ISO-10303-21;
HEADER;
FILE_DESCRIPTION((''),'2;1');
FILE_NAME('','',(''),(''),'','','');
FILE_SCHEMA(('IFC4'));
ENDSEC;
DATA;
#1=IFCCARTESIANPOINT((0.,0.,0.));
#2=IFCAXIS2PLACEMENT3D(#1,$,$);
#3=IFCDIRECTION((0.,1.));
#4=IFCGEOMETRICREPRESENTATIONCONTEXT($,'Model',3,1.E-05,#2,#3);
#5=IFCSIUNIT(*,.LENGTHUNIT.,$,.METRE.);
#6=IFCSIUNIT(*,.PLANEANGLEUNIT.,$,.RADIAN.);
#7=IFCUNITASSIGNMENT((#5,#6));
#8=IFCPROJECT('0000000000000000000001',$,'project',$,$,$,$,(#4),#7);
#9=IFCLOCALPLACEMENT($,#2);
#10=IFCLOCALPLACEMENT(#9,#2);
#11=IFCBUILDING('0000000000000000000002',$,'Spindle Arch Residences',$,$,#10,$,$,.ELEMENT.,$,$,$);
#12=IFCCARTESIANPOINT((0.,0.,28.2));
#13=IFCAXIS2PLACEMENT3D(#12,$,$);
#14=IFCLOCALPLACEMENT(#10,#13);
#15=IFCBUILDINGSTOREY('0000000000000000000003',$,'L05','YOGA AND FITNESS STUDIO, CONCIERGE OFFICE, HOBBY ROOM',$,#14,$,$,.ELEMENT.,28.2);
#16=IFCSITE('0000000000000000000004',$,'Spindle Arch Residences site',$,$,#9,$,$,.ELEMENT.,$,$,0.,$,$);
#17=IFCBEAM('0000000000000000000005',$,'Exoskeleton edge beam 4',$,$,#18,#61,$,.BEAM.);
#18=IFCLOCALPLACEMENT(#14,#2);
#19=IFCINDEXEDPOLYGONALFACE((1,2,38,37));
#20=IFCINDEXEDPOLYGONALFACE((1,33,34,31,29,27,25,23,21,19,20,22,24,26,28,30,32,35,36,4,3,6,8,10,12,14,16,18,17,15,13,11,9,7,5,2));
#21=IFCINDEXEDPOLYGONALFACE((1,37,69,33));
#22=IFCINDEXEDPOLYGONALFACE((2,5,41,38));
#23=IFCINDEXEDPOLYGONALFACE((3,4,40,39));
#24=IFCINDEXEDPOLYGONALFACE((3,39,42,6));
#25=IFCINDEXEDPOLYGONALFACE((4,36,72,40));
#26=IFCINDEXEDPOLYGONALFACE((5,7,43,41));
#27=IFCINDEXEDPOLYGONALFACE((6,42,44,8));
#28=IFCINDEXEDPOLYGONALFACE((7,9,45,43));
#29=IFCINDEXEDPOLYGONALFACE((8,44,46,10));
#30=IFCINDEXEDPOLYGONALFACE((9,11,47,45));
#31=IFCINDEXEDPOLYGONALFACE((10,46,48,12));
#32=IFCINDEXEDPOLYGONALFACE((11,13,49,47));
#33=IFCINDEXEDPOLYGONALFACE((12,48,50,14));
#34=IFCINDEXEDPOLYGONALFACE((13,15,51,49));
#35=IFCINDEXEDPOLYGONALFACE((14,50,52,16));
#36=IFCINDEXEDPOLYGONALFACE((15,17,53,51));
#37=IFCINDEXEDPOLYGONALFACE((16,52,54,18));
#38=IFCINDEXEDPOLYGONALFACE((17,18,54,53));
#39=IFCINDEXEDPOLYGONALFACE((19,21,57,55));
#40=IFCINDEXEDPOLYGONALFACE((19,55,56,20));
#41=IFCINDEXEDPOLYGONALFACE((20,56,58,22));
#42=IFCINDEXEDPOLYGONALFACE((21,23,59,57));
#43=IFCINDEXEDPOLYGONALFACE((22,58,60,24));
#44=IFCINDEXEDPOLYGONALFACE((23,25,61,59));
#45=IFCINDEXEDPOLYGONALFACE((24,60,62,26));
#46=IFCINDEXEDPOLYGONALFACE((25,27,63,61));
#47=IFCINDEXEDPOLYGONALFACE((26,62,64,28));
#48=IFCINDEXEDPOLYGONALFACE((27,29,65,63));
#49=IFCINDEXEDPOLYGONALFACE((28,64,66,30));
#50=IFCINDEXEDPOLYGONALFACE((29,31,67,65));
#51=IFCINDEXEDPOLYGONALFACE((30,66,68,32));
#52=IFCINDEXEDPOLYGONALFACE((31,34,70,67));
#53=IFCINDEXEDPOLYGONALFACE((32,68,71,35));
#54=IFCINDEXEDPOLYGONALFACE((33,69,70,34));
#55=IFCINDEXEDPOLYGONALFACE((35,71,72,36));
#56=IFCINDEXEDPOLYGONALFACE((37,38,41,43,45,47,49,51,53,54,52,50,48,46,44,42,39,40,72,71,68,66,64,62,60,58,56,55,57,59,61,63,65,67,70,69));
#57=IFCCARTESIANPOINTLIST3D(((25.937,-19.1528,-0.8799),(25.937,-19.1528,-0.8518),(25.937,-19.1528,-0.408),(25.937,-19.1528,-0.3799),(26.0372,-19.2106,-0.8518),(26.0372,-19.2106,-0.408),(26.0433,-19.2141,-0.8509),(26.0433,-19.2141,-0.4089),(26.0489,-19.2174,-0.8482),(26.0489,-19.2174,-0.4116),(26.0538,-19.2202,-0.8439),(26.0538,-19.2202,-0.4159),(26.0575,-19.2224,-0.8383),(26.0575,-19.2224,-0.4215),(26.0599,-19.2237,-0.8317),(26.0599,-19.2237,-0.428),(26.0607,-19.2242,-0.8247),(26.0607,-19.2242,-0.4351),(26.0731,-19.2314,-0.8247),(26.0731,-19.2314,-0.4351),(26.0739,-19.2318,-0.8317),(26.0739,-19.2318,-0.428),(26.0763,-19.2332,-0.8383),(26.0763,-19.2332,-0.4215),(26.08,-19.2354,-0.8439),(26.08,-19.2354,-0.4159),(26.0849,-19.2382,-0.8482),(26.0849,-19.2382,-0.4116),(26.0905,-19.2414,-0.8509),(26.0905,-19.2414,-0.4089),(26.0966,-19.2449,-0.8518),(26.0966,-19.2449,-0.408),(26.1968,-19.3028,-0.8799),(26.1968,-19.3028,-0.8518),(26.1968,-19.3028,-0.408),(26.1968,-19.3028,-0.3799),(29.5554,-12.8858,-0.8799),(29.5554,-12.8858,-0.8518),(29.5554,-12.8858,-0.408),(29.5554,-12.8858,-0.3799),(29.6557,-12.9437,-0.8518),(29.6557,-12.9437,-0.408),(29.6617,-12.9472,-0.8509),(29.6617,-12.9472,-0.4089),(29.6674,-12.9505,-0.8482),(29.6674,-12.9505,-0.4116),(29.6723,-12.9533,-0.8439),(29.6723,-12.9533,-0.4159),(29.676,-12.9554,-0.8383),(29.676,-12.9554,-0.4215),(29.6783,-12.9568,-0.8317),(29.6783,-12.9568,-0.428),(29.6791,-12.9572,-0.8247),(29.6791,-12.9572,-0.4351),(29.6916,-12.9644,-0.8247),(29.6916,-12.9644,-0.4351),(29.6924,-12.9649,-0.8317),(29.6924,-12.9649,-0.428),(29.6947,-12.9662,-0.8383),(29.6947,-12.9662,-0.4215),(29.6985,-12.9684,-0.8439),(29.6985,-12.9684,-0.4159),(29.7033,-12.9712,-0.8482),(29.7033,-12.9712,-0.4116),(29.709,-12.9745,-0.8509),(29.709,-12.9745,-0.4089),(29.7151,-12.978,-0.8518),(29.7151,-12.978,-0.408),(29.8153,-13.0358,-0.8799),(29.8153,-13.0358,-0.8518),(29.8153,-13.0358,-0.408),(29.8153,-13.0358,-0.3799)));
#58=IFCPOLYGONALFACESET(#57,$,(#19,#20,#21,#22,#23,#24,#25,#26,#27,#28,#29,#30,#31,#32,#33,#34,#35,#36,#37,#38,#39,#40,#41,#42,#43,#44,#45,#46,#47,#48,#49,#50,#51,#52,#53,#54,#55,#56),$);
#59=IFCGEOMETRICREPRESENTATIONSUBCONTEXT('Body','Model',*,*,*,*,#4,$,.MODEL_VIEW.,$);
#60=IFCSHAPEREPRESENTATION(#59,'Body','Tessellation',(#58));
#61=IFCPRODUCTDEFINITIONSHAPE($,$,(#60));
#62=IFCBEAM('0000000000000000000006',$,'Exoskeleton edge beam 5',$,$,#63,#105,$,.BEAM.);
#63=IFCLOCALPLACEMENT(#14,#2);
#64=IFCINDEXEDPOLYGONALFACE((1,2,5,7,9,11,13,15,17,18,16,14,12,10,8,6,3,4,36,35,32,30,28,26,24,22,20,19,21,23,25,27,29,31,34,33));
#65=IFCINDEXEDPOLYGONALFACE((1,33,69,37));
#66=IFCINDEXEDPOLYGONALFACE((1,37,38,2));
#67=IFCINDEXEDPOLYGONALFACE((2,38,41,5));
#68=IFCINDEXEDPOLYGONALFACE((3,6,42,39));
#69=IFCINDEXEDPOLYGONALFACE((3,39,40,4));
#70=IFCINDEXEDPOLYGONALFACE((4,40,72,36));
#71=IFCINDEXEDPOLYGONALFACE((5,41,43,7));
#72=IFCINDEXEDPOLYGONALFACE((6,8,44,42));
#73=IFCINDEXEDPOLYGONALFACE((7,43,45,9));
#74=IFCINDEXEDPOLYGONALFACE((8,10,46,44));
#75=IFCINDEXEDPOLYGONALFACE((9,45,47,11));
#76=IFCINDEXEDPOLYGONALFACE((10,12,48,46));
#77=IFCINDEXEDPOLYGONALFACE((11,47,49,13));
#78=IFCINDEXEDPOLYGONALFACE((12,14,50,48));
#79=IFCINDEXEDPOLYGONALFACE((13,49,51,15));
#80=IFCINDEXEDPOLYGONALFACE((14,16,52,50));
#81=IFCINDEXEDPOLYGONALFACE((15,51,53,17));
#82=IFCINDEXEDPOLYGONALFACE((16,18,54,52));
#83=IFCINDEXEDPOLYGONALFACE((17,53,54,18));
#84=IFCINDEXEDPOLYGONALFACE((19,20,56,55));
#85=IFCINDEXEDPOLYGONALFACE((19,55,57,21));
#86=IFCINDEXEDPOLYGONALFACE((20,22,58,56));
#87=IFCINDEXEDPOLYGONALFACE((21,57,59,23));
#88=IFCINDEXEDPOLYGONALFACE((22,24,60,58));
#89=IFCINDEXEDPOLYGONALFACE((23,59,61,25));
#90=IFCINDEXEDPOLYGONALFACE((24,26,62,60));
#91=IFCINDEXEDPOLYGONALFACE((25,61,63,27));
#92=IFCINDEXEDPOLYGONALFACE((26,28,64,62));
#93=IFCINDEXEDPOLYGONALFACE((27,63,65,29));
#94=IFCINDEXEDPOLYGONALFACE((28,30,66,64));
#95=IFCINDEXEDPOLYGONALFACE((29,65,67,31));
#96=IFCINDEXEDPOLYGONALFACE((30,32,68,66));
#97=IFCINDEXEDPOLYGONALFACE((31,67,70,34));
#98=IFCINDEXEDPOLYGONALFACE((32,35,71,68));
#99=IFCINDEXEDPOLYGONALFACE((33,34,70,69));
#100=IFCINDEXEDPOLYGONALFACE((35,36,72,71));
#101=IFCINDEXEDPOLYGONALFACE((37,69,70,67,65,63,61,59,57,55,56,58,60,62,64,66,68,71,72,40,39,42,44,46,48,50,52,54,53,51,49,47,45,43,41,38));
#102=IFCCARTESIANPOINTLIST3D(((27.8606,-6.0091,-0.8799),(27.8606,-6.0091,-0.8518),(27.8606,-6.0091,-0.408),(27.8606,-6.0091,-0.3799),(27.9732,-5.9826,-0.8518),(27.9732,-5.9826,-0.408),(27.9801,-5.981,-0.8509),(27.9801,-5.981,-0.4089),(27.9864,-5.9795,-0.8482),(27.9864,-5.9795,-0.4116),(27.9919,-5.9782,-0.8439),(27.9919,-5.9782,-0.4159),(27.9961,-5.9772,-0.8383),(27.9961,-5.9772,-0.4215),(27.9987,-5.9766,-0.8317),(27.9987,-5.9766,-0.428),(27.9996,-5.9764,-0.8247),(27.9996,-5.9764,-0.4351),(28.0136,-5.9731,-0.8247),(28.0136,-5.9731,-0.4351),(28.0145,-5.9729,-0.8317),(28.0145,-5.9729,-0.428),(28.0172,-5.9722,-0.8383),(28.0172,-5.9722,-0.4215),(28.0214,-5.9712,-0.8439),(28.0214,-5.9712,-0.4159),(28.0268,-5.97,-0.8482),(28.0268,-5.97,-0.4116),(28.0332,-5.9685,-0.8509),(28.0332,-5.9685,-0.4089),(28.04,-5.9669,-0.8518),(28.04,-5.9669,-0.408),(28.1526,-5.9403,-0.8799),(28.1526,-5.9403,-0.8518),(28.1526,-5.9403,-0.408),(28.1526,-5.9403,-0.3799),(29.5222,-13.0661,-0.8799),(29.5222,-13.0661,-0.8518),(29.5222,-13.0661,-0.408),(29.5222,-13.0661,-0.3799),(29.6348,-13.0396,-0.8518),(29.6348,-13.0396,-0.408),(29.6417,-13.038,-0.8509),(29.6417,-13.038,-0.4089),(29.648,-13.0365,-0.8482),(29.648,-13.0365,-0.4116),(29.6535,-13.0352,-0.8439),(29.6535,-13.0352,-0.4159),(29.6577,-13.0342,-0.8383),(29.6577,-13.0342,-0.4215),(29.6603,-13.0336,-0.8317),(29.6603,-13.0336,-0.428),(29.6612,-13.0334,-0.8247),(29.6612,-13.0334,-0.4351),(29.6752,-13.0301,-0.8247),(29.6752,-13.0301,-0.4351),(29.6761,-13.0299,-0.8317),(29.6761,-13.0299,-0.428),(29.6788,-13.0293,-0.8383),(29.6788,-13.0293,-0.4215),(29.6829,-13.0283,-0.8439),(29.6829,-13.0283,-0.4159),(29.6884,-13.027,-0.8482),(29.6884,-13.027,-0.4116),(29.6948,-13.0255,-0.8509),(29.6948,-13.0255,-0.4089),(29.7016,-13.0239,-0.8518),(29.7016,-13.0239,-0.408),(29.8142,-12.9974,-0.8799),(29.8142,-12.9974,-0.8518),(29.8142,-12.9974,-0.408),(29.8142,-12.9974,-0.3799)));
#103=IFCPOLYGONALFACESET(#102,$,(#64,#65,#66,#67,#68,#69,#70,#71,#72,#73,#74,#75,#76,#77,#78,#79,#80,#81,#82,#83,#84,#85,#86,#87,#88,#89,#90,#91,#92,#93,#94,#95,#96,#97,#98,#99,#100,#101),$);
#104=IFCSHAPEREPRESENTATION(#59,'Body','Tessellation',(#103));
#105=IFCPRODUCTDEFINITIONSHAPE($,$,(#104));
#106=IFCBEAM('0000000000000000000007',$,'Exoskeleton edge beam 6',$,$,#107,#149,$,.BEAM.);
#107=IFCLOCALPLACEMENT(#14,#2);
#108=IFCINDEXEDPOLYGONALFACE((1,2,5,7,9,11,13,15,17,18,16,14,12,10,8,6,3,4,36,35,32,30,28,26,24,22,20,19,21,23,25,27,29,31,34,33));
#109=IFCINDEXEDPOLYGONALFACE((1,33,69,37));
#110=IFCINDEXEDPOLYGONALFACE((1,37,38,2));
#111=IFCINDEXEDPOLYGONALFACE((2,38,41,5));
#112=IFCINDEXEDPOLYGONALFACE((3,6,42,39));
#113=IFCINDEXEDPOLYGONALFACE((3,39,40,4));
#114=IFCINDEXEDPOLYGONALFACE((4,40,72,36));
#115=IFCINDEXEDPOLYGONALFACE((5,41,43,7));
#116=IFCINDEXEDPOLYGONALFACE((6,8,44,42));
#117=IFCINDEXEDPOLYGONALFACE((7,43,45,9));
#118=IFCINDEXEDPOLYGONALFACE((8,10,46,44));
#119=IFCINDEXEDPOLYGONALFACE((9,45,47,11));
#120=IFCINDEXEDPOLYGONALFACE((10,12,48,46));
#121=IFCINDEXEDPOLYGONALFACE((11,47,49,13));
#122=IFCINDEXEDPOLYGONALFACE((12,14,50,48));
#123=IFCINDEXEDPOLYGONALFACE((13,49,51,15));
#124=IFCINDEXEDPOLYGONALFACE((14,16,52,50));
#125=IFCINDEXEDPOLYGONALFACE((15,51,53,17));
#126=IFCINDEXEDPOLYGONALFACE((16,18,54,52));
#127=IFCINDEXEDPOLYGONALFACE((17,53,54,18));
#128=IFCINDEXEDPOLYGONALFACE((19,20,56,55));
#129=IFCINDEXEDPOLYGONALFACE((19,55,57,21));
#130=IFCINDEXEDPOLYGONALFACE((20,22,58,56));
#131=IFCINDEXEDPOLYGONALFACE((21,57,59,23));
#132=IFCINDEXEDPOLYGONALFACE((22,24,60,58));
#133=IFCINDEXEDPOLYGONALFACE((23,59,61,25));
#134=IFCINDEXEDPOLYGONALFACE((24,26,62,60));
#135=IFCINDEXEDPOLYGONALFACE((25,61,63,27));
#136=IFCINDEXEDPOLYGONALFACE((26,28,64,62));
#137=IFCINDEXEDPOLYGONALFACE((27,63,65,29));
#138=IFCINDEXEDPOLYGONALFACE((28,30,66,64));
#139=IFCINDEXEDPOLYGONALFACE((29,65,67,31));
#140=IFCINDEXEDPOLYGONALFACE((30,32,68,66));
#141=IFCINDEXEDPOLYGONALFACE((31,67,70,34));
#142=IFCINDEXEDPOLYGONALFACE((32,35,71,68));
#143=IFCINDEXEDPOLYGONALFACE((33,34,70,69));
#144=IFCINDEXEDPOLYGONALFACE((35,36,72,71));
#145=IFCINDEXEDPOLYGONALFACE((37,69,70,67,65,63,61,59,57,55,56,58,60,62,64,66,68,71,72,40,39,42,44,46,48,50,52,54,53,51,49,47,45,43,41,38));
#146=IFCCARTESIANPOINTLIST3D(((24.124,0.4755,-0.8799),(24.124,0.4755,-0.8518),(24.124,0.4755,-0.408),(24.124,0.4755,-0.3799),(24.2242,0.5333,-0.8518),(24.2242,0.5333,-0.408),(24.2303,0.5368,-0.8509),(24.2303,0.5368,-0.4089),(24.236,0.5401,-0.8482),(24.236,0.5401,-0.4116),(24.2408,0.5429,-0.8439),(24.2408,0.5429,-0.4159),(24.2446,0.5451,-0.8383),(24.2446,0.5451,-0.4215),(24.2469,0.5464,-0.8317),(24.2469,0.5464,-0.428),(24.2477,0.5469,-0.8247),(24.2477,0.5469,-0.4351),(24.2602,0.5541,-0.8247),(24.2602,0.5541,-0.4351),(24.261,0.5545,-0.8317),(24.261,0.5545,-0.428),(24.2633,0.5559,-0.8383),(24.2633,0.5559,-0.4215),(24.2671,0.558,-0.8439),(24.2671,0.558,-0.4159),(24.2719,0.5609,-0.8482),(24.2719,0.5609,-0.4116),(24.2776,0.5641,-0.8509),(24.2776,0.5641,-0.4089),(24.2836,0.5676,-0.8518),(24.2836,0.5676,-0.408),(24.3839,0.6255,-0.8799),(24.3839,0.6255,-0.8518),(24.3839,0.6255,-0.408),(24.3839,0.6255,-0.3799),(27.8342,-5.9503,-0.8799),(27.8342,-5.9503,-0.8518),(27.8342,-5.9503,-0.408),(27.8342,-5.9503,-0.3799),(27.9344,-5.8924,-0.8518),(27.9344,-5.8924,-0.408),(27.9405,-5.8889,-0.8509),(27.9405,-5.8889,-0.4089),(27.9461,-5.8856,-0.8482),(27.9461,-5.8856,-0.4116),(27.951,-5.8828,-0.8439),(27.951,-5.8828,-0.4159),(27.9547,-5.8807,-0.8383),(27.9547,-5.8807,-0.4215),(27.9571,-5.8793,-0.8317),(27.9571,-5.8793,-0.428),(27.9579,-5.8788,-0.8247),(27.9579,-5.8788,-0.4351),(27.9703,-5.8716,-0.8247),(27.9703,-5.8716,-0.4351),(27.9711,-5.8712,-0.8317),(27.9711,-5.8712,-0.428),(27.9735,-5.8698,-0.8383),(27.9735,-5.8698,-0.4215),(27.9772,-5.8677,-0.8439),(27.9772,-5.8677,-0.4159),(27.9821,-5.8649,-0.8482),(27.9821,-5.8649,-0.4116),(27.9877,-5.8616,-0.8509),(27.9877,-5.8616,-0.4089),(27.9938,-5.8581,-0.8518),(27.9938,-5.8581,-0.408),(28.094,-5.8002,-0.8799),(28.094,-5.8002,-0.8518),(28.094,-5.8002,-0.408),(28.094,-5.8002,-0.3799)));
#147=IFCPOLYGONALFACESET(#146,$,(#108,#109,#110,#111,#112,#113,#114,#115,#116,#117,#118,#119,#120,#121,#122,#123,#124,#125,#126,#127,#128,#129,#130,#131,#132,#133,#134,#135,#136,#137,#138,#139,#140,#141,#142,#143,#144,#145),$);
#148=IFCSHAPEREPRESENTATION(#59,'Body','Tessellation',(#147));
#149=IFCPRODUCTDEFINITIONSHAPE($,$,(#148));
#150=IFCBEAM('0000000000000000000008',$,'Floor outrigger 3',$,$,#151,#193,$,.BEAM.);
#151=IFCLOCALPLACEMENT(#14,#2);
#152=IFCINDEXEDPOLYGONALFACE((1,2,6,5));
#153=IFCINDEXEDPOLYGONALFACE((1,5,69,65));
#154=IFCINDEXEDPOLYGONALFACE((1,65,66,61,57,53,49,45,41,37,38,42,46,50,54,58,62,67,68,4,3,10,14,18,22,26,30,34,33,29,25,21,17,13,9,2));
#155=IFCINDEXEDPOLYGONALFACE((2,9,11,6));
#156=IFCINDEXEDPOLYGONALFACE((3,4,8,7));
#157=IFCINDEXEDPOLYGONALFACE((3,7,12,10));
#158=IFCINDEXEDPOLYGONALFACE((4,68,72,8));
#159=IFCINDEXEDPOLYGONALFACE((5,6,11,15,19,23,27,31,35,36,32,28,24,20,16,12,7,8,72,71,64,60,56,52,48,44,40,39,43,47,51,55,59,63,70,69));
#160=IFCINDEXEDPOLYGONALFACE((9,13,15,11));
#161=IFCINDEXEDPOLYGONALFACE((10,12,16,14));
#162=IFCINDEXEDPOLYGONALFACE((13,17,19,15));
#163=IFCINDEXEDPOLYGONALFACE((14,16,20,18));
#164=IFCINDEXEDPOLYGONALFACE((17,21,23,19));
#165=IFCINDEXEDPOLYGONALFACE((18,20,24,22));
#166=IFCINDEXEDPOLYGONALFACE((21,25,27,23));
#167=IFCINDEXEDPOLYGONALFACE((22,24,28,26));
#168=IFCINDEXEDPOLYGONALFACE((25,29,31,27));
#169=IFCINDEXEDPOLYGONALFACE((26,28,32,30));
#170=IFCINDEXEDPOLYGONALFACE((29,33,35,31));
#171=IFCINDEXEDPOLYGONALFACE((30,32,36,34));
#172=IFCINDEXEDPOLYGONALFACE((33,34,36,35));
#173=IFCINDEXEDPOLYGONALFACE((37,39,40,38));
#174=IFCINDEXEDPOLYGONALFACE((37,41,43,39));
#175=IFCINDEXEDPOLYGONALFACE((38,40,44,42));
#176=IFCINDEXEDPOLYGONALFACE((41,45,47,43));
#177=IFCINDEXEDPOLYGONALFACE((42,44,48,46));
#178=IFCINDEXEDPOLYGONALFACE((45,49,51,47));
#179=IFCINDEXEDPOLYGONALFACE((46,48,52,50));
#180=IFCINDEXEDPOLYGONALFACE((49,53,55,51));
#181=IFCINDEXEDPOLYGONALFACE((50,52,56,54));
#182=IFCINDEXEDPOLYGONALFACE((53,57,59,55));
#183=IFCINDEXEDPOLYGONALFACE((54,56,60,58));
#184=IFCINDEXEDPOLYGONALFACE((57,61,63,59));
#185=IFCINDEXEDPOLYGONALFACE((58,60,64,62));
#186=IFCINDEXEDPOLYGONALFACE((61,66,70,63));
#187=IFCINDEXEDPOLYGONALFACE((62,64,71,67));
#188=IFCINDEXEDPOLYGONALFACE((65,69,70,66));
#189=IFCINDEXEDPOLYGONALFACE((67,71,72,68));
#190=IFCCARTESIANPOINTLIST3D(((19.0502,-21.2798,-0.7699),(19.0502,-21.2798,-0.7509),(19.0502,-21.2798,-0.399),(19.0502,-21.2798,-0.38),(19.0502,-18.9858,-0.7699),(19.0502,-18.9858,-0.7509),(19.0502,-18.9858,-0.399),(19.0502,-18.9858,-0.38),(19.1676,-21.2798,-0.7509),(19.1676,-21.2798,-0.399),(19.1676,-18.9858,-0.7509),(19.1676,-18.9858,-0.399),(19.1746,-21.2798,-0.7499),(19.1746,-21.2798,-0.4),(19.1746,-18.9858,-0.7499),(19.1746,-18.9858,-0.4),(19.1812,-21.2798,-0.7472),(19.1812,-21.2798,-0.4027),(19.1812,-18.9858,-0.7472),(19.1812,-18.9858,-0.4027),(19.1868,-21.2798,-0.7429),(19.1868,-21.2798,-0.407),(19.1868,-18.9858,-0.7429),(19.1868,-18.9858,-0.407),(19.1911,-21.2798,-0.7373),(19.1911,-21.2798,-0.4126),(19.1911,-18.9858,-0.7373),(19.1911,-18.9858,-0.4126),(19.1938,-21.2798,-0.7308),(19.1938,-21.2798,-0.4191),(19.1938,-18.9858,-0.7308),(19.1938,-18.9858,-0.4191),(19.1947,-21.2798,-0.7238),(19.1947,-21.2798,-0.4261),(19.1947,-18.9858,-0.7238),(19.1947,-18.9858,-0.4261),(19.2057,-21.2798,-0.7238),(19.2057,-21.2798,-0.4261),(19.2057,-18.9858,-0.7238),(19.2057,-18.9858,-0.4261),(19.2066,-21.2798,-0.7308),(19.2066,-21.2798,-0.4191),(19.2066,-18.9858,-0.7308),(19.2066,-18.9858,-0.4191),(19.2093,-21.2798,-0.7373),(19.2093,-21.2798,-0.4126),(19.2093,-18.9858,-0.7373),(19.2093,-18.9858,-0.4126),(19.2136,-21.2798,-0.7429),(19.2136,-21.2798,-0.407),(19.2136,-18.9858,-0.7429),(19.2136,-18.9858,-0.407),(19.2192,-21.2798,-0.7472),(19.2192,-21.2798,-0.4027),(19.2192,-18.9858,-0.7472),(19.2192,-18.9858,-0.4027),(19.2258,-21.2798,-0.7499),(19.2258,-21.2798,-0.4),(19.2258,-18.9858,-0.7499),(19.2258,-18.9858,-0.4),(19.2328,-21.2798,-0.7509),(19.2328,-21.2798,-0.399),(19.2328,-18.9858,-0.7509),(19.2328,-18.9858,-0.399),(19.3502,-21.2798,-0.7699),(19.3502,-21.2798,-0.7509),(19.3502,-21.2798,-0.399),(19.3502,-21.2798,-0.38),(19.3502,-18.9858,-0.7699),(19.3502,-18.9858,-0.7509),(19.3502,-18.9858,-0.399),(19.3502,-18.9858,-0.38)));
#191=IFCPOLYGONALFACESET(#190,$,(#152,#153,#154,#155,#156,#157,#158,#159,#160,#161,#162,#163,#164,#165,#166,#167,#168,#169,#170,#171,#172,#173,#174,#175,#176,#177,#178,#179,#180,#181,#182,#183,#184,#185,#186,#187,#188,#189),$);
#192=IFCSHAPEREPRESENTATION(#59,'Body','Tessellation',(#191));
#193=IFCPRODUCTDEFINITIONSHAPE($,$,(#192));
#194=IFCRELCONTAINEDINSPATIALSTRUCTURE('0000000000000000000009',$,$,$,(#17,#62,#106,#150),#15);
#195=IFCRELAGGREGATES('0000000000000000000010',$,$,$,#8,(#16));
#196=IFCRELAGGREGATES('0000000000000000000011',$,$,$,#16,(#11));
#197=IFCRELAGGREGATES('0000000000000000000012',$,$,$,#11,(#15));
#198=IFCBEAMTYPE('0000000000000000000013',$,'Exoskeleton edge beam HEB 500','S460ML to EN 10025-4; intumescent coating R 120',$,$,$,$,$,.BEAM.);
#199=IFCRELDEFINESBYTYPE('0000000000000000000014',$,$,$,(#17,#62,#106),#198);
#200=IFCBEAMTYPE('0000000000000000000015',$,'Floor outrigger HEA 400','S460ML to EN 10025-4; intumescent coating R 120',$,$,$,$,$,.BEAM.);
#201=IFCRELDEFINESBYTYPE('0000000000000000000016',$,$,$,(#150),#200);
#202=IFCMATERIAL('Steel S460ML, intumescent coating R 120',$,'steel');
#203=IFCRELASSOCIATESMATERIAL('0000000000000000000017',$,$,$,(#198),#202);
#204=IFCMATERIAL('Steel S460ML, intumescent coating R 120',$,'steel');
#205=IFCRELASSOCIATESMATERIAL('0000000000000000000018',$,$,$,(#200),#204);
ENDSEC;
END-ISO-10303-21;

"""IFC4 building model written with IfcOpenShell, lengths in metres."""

from ifc_helpers import new_model, si_unit, direction, frame, origin, origin_2d, place, context, subcontext, project, spatial, i_section, extrude, material, material_profile, profile_set, type_object, element, save


model = new_model("IFC4")

# Units and contexts
model_context = context("Model", 3, precision=1e-05, world=origin(), true_north=direction((0.0, 1.0)))
body_context = subcontext(model_context, "Body", "Model", "MODEL_VIEW")
ifc_project = project(units=[si_unit("LENGTHUNIT", "METRE"), si_unit("PLANEANGLEUNIT", "RADIAN")], contexts=[model_context])

# Site, building, storey
site_placement = place(None, origin())
site = spatial("IfcSite", under=ifc_project, at=site_placement, Name="Spindle Arch Residences site", CompositionType="ELEMENT", RefElevation=0.0)
building_placement = place(site_placement, origin())
building = spatial("IfcBuilding", under=site, at=building_placement, Name="Spindle Arch Residences", CompositionType="ELEMENT")
storey_placement = place(building_placement, frame((0.0, 0.0, 28.2)))
storey = spatial("IfcBuildingStorey", under=building, at=storey_placement, Name="L05", Description="YOGA AND FITNESS STUDIO, CONCIERGE OFFICE, HOBBY ROOM", CompositionType="ELEMENT", Elevation=28.2)

# Beams
ifc_material_1 = material(Name="Steel S460ML, intumescent coating R 120", Category="steel")
ifc_material_profile_1 = material_profile(ifc_material_1, i_section(OverallWidth=0.3, OverallDepth=0.5, WebThickness=0.0144, FlangeThickness=0.0281, FilletRadius=0.0271, at=origin_2d()), Name="HEB 500")
ifc_profile_set_1 = profile_set([ifc_material_profile_1], Name="Steel S460ML, intumescent coating R 120")
beam_type_1 = type_object("IfcBeamType", Name="Exoskeleton edge beam HEB 500", Description="S460ML to EN 10025-4; intumescent coating R 120", PredefinedType="BEAM", material=ifc_profile_set_1)
beam_1_placement = place(storey_placement, frame((26.0669, -19.2278, -0.6299), z_axis=(0.500025, 0.866011, 0.0), x_axis=(-0.866011, 0.500025, 0.0)))
element("IfcBeam", 1, at=beam_1_placement, inside=storey, type_object=beam_type_1, Name="Exoskeleton edge beam 4", PredefinedType="BEAM", context=body_context, shape_type="SweptSolid", body=[
    extrude(i_section(OverallWidth=0.3, OverallDepth=0.5, WebThickness=0.0144, FlangeThickness=0.0281, FilletRadius=0.0271, at=origin_2d()), origin(), (0.0, 0.0, 1.0), 7.2366),
])
beam_2_placement = place(storey_placement, frame((29.6682, -13.0317, -0.6299), z_axis=(-0.229186, 0.973383, 0.0), x_axis=(-0.973383, -0.229186, 0.0)))
element("IfcBeam", 2, at=beam_2_placement, inside=storey, type_object=beam_type_1, Name="Exoskeleton edge beam 5", PredefinedType="BEAM", context=body_context, shape_type="SweptSolid", body=[
    extrude(i_section(OverallWidth=0.3, OverallDepth=0.5, WebThickness=0.0144, FlangeThickness=0.0281, FilletRadius=0.0271, at=origin_2d()), origin(), (0.0, 0.0, 1.0), 7.25),
])
beam_3_placement = place(storey_placement, frame((27.9641, -5.8752, -0.6299), z_axis=(-0.500028, 0.866009, 0.0), x_axis=(-0.866009, -0.500028, 0.0)))
element("IfcBeam", 3, at=beam_3_placement, inside=storey, type_object=beam_type_1, Name="Exoskeleton edge beam 6", PredefinedType="BEAM", context=body_context, shape_type="SweptSolid", body=[
    extrude(i_section(OverallWidth=0.3, OverallDepth=0.5, WebThickness=0.0144, FlangeThickness=0.0281, FilletRadius=0.0271, at=origin_2d()), origin(), (0.0, 0.0, 1.0), 7.4199),
])
ifc_material_2 = material(Name="Steel S460ML, intumescent coating R 120", Category="steel")
ifc_material_profile_2 = material_profile(ifc_material_2, i_section(OverallWidth=0.3, OverallDepth=0.3899, WebThickness=0.011, FlangeThickness=0.019, FilletRadius=0.0271, at=origin_2d()), Name="HEA 400")
ifc_profile_set_2 = profile_set([ifc_material_profile_2], Name="Steel S460ML, intumescent coating R 120")
beam_type_2 = type_object("IfcBeamType", Name="Floor outrigger HEA 400", Description="S460ML to EN 10025-4; intumescent coating R 120", PredefinedType="BEAM", material=ifc_profile_set_2)
beam_4_placement = place(storey_placement, frame((19.2002, -21.2798, -0.575), z_axis=(0.0, 1.0, 0.0), x_axis=(-1.0, 0.0, 0.0)))
element("IfcBeam", 4, at=beam_4_placement, inside=storey, type_object=beam_type_2, Name="Floor outrigger 3", PredefinedType="BEAM", context=body_context, shape_type="SweptSolid", body=[
    extrude(i_section(OverallWidth=0.3, OverallDepth=0.3899, WebThickness=0.011, FlangeThickness=0.019, FilletRadius=0.0271, at=origin_2d()), origin(), (0.0, 0.0, 1.0), 2.2939),
])

save(model, "model.ifc")
